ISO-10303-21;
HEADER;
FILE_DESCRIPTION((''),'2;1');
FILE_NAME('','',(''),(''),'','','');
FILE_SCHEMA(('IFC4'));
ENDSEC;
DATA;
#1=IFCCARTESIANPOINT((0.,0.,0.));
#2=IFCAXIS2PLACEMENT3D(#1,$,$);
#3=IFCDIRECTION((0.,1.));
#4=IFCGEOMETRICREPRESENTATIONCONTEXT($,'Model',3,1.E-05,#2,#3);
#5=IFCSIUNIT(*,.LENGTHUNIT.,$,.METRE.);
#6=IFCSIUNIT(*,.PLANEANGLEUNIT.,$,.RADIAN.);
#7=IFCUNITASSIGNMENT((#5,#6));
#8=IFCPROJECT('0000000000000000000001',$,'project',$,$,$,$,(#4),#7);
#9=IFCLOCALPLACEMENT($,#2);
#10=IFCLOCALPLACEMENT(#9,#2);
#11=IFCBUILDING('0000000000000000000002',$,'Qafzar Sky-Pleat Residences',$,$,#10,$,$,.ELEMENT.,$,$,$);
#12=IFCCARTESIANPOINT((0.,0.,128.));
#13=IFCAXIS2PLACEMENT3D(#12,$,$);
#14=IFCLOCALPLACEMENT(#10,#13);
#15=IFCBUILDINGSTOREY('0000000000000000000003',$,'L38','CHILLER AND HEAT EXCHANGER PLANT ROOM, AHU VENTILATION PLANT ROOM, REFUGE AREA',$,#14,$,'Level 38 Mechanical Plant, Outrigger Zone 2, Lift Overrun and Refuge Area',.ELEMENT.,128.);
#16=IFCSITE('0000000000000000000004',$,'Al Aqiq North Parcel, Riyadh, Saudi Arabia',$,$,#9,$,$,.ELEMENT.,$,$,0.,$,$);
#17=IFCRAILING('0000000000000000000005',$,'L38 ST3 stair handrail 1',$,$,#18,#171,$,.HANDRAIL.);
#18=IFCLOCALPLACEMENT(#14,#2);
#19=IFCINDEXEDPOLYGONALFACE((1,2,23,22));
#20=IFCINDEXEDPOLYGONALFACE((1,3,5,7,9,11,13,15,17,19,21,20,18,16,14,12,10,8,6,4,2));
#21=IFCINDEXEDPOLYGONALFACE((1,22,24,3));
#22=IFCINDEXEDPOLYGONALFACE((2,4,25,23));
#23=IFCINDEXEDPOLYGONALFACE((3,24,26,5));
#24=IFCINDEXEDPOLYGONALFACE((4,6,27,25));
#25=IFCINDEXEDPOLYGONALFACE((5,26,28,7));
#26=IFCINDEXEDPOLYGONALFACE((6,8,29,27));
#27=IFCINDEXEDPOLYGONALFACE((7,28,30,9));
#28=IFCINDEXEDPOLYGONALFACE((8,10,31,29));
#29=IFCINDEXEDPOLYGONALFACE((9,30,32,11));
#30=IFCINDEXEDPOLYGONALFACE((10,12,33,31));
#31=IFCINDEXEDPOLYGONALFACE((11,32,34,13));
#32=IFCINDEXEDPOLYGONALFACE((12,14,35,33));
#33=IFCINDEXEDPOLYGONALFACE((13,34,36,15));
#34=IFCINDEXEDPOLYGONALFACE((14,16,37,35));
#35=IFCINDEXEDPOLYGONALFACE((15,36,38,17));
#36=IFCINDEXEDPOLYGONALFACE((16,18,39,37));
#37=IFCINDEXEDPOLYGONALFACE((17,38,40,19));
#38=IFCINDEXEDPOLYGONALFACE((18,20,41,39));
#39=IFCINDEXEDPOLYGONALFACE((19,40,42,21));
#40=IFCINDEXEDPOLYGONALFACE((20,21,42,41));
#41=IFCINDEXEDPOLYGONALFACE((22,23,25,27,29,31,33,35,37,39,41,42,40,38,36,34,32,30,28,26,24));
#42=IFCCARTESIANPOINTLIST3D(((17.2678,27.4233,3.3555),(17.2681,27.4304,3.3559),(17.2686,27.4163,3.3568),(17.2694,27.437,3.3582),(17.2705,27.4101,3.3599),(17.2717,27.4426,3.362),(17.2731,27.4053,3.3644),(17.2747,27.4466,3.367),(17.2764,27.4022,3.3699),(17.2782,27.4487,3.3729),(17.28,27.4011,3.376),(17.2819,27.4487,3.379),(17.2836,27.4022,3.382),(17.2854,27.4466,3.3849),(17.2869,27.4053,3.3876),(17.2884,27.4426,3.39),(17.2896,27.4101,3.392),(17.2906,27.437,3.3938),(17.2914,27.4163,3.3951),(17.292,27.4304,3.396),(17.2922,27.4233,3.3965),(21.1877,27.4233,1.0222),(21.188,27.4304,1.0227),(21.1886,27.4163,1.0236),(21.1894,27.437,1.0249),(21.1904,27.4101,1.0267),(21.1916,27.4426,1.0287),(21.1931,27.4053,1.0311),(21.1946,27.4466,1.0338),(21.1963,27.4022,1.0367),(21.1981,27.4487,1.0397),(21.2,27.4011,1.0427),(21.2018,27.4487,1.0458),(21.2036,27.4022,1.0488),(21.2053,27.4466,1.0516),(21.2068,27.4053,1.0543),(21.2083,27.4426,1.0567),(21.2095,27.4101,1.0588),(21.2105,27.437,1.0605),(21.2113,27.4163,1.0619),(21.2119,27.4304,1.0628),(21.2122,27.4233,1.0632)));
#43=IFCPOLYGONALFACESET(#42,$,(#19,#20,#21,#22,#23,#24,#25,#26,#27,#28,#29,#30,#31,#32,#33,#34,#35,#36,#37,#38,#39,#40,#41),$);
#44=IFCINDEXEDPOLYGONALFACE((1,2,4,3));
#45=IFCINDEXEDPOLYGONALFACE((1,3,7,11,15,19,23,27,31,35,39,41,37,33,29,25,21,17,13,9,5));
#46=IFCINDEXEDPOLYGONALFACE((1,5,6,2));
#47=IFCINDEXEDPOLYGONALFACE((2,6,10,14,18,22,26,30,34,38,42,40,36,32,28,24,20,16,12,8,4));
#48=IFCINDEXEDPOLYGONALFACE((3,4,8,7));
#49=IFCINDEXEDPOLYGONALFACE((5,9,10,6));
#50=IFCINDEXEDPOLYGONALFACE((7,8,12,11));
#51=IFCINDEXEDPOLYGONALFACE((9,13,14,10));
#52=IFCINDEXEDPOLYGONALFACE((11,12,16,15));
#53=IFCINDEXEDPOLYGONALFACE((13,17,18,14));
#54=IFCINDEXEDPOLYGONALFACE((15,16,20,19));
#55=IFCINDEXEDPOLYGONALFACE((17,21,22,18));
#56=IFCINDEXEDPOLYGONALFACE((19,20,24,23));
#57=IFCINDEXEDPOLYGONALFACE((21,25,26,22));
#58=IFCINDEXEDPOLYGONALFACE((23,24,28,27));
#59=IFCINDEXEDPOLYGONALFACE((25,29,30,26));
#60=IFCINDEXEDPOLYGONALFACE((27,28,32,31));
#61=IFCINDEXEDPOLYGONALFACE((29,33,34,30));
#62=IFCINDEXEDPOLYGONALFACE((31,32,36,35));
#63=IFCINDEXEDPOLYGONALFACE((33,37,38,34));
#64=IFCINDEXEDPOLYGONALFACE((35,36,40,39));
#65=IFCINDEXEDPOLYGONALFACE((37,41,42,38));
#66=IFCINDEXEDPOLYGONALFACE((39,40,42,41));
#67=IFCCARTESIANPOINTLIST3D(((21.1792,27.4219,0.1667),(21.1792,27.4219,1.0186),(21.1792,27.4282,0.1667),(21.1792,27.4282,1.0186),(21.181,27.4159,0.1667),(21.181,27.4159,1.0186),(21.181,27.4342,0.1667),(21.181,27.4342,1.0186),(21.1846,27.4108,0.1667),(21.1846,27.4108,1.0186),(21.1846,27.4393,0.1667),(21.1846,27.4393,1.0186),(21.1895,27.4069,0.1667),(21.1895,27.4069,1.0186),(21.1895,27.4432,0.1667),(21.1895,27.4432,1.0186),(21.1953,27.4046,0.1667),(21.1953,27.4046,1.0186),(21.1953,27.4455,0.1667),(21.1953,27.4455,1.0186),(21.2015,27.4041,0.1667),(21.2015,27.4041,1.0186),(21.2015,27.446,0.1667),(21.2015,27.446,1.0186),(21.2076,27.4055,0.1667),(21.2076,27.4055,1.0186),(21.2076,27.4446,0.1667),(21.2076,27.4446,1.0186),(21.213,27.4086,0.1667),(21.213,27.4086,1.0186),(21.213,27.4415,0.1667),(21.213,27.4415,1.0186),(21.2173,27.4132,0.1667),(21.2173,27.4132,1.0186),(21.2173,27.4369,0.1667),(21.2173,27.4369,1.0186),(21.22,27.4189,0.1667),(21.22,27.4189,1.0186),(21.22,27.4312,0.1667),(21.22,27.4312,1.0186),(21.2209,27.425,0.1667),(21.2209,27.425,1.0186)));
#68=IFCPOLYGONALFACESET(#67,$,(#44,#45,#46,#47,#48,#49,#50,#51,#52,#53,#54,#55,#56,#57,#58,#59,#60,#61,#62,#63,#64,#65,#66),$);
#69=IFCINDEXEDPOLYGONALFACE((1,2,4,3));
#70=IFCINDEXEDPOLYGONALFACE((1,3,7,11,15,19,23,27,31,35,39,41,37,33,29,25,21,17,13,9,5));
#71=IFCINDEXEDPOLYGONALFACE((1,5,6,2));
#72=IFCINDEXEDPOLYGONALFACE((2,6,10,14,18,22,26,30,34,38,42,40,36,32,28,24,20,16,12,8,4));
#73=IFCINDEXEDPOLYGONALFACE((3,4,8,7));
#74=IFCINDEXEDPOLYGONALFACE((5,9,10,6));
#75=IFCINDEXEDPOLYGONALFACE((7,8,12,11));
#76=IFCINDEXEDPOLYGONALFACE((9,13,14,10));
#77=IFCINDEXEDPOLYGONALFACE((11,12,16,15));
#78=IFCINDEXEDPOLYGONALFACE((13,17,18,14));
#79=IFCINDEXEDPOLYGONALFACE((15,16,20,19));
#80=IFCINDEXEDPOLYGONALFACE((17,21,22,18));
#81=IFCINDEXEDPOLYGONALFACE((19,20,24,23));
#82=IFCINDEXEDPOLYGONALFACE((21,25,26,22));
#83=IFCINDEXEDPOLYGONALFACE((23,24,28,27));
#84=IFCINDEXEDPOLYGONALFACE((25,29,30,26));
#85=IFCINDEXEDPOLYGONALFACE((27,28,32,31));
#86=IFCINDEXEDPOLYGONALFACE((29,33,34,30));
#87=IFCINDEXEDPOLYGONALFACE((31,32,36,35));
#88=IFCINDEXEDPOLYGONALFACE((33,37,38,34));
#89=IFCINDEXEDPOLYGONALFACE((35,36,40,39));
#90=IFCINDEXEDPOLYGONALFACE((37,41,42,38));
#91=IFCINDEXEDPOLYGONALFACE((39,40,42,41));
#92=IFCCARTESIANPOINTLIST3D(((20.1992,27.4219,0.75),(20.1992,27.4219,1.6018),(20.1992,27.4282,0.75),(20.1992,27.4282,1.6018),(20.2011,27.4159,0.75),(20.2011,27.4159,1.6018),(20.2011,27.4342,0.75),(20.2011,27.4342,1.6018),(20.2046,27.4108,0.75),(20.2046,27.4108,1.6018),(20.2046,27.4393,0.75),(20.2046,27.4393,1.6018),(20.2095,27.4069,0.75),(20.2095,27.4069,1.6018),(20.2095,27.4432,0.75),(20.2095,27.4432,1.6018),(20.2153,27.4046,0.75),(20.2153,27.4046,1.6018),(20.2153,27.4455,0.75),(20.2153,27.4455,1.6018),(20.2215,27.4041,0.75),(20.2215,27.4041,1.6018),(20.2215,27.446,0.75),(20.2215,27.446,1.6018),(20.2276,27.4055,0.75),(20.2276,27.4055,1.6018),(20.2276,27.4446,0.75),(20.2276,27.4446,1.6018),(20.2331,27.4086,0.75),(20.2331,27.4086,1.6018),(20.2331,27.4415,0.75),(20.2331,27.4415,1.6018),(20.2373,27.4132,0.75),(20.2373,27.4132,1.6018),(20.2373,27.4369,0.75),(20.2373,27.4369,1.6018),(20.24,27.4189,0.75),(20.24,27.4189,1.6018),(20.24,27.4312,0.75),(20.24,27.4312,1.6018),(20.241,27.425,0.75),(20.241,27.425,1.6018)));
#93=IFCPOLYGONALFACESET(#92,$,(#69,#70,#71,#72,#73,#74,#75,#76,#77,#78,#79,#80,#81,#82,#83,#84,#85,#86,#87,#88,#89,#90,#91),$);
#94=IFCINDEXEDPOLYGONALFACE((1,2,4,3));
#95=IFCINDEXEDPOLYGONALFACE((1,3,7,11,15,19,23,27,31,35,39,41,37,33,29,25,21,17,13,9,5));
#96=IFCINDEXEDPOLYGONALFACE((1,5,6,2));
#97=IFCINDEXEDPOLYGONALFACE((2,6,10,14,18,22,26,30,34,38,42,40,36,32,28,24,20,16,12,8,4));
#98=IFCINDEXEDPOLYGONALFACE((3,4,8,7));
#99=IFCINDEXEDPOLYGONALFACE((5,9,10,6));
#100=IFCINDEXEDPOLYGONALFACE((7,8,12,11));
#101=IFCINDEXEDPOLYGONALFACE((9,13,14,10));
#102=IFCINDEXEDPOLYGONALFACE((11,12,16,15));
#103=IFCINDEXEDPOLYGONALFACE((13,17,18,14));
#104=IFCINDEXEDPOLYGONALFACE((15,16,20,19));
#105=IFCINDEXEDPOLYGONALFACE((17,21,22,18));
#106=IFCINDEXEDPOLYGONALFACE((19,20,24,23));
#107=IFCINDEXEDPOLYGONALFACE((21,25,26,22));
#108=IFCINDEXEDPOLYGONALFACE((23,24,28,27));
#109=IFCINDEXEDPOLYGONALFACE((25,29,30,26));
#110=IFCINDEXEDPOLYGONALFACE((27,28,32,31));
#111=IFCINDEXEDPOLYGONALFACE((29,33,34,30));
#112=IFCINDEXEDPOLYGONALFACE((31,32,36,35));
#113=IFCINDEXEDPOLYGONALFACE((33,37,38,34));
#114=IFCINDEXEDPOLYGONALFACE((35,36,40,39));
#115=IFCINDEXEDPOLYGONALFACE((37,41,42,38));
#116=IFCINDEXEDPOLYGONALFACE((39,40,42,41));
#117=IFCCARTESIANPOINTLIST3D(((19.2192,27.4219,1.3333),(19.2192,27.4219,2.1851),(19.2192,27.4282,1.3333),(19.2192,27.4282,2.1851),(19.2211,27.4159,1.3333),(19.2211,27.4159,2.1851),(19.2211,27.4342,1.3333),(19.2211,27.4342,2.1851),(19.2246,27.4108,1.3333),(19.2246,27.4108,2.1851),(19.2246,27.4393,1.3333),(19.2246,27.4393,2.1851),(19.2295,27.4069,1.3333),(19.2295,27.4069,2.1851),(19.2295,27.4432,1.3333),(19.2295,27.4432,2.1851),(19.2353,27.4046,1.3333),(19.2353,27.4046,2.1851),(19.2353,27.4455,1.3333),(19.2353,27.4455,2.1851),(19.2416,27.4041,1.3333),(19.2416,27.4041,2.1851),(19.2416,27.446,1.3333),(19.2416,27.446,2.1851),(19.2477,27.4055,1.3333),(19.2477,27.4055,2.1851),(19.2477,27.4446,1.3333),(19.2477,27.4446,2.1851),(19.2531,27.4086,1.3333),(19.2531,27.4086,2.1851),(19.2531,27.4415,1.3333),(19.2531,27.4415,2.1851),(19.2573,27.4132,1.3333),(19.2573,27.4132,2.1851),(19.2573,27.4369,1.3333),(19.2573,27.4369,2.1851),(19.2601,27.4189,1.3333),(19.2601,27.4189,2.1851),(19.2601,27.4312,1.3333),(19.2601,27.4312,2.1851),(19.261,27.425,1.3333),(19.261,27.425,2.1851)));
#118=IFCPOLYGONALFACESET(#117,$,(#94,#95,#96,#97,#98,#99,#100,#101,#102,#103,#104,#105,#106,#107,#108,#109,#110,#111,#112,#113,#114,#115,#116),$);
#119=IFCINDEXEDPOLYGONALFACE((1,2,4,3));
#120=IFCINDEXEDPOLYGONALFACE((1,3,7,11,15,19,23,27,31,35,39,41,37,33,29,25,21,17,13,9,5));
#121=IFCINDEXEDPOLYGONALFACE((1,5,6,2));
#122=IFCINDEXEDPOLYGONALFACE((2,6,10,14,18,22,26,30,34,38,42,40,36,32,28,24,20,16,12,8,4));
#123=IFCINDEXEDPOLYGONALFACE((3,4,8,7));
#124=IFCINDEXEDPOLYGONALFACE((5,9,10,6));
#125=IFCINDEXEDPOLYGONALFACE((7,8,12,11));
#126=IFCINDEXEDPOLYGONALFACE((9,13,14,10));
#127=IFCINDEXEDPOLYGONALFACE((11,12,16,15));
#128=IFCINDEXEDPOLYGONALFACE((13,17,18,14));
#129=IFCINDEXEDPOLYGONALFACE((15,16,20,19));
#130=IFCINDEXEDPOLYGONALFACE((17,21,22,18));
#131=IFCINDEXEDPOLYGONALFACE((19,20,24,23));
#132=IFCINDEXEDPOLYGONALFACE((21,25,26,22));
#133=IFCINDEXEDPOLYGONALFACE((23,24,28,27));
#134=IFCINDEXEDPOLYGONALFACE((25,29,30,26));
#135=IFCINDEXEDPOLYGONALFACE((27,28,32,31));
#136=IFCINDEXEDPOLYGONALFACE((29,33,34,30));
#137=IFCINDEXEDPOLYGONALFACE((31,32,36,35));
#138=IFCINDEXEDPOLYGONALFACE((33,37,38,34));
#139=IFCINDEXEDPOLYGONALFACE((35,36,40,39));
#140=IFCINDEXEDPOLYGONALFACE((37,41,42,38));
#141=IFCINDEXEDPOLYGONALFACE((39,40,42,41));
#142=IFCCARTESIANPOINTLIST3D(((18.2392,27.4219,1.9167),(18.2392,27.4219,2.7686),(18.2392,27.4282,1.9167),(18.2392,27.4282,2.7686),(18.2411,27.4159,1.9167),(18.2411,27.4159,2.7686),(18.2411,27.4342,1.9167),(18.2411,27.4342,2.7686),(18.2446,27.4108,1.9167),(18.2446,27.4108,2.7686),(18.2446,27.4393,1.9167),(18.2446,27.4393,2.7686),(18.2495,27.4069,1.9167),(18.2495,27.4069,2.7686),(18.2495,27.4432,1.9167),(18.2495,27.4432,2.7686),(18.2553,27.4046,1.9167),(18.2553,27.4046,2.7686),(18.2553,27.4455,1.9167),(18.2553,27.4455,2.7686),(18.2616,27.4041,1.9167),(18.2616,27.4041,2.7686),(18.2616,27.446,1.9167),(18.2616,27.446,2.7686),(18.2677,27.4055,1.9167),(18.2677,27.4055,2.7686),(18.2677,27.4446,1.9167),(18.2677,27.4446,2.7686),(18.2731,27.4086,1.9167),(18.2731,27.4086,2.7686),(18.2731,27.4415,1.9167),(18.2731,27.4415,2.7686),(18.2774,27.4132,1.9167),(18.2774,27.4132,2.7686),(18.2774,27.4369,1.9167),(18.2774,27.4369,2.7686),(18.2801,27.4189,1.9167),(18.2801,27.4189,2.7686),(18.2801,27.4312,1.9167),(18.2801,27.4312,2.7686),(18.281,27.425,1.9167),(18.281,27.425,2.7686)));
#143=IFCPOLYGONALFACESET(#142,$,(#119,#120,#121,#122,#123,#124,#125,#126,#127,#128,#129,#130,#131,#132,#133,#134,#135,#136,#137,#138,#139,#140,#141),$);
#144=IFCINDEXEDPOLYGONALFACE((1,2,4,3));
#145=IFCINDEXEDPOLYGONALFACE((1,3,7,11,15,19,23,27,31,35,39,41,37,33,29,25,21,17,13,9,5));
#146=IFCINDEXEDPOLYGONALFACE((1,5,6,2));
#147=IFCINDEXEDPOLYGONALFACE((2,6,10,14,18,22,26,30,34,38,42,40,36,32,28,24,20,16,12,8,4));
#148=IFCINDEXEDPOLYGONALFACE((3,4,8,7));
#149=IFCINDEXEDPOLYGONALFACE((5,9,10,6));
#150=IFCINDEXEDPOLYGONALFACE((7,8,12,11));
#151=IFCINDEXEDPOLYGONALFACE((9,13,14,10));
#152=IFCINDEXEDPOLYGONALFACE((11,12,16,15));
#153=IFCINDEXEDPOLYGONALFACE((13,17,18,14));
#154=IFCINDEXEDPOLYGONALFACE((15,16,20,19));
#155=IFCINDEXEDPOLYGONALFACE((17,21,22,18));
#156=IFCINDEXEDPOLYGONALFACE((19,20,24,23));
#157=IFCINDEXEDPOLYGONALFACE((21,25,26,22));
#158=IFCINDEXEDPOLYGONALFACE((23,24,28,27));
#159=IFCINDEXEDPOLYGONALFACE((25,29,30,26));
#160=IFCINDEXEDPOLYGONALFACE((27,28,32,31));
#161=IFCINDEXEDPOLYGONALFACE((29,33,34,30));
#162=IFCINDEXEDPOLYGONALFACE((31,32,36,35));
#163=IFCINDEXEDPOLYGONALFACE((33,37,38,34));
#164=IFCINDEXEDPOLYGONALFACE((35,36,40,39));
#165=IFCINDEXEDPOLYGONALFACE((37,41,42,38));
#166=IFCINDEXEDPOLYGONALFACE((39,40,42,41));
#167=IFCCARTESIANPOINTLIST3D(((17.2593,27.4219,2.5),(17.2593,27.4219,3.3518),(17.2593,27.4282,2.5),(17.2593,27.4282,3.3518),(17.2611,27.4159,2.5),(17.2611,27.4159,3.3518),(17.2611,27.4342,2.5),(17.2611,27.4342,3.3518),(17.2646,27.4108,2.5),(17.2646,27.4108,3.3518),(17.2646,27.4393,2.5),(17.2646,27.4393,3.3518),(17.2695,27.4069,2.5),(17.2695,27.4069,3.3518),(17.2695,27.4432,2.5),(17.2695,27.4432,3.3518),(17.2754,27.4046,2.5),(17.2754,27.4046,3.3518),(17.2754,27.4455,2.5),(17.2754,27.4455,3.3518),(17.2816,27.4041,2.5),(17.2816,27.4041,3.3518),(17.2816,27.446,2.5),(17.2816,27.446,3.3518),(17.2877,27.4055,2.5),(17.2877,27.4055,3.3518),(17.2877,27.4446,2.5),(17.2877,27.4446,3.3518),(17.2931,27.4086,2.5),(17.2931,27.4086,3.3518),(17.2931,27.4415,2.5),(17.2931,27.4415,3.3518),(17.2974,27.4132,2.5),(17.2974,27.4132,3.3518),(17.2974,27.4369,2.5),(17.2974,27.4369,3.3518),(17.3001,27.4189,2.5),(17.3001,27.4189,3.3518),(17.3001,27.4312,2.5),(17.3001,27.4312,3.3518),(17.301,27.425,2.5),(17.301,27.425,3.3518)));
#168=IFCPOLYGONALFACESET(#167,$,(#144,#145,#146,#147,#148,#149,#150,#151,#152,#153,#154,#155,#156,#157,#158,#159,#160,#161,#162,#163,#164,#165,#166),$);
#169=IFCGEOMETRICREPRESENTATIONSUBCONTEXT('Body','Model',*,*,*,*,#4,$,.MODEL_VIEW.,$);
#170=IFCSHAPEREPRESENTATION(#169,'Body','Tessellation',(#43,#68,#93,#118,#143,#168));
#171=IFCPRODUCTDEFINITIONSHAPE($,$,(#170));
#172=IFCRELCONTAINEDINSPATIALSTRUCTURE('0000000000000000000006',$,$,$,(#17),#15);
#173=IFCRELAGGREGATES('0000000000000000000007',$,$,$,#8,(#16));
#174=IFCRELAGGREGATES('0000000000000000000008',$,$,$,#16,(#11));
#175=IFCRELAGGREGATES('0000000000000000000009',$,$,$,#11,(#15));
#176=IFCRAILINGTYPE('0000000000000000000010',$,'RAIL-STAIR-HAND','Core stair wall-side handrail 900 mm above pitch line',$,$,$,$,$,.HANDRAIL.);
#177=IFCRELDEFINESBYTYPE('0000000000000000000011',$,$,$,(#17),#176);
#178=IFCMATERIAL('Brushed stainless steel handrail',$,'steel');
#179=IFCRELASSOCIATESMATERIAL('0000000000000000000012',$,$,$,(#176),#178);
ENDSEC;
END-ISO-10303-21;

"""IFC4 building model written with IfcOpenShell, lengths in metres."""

from ifc_helpers import new_model, si_unit, direction, frame, origin, origin_2d, place, context, subcontext, project, spatial, circle, extrude, source, transform, mapped, material, type_object, element, save


model = new_model("IFC4")

# Units and contexts
model_context = context("Model", 3, precision=1e-05, world=origin(), true_north=direction((0.0, 1.0)))
body_context = subcontext(model_context, "Body", "Model", "MODEL_VIEW")
ifc_project = project(units=[si_unit("LENGTHUNIT", "METRE"), si_unit("PLANEANGLEUNIT", "RADIAN")], contexts=[model_context])

# Site, building, storey
site_placement = place(None, origin())
site = spatial("IfcSite", under=ifc_project, at=site_placement, Name="Al Aqiq North Parcel, Riyadh, Saudi Arabia", CompositionType="ELEMENT", RefElevation=0.0)
building_placement = place(site_placement, origin())
building = spatial("IfcBuilding", under=site, at=building_placement, Name="Qafzar Sky-Pleat Residences", CompositionType="ELEMENT")
storey_placement = place(building_placement, frame((0.0, 0.0, 128.0)))
storey = spatial("IfcBuildingStorey", under=building, at=storey_placement, Name="L38", Description="CHILLER AND HEAT EXCHANGER PLANT ROOM, AHU VENTILATION PLANT ROOM, REFUGE AREA", LongName="Level 38 Mechanical Plant, Outrigger Zone 2, Lift Overrun and Refuge Area", CompositionType="ELEMENT", Elevation=128.0)

# Railing
ifc_material_1 = material(Name="Brushed stainless steel handrail", Category="steel")
railing_type_1 = type_object("IfcRailingType", Name="RAIL-STAIR-HAND", Description="Core stair wall-side handrail 900 mm above pitch line", PredefinedType="HANDRAIL", material=ifc_material_1)
shared_shape_1 = source(origin(), body_context, "Body", "SweptSolid", [
    extrude(circle(Radius=0.0239, at=origin_2d()), frame((0.0, 0.0, 0.876), z_axis=(-0.859296, 0.0, 0.511478), x_axis=(0.0, -1.0, 0.0)), (0.0, 0.0, 1.0), 4.5618),
    extrude(circle(Radius=0.021, at=origin_2d()), origin(), (0.0, 0.0, 1.0), 0.8518),
    extrude(circle(Radius=0.021, at=origin_2d()), frame((-0.98, 0.0, 0.5833)), (0.0, 0.0, 1.0), 0.8518),
    extrude(circle(Radius=0.021, at=origin_2d()), frame((-1.96, 0.0, 1.1665)), (0.0, 0.0, 1.0), 0.8518),
    extrude(circle(Radius=0.021, at=origin_2d()), frame((-2.9399, 0.0, 1.75)), (0.0, 0.0, 1.0), 0.8518),
    extrude(circle(Radius=0.021, at=origin_2d()), frame((-3.9199, 0.0, 2.3333)), (0.0, 0.0, 1.0), 0.8518),
])
railing_1_placement = place(storey_placement, frame((21.2, 27.425, 0.1667)))
element("IfcRailing", 1, at=railing_1_placement, inside=storey, type_object=railing_type_1, Name="L38 ST3 stair handrail 1", PredefinedType="HANDRAIL", context=body_context, shape_type="MappedRepresentation", body=[
    mapped(shared_shape_1, transform((0.0, 0.0, 0.0), x_axis=(1.0, 0.0, 0.0), y_axis=(0.0, 1.0, 0.0), z_axis=(0.0, 0.0, 1.0), scale=1.0)),
])

save(model, "model.ifc")
